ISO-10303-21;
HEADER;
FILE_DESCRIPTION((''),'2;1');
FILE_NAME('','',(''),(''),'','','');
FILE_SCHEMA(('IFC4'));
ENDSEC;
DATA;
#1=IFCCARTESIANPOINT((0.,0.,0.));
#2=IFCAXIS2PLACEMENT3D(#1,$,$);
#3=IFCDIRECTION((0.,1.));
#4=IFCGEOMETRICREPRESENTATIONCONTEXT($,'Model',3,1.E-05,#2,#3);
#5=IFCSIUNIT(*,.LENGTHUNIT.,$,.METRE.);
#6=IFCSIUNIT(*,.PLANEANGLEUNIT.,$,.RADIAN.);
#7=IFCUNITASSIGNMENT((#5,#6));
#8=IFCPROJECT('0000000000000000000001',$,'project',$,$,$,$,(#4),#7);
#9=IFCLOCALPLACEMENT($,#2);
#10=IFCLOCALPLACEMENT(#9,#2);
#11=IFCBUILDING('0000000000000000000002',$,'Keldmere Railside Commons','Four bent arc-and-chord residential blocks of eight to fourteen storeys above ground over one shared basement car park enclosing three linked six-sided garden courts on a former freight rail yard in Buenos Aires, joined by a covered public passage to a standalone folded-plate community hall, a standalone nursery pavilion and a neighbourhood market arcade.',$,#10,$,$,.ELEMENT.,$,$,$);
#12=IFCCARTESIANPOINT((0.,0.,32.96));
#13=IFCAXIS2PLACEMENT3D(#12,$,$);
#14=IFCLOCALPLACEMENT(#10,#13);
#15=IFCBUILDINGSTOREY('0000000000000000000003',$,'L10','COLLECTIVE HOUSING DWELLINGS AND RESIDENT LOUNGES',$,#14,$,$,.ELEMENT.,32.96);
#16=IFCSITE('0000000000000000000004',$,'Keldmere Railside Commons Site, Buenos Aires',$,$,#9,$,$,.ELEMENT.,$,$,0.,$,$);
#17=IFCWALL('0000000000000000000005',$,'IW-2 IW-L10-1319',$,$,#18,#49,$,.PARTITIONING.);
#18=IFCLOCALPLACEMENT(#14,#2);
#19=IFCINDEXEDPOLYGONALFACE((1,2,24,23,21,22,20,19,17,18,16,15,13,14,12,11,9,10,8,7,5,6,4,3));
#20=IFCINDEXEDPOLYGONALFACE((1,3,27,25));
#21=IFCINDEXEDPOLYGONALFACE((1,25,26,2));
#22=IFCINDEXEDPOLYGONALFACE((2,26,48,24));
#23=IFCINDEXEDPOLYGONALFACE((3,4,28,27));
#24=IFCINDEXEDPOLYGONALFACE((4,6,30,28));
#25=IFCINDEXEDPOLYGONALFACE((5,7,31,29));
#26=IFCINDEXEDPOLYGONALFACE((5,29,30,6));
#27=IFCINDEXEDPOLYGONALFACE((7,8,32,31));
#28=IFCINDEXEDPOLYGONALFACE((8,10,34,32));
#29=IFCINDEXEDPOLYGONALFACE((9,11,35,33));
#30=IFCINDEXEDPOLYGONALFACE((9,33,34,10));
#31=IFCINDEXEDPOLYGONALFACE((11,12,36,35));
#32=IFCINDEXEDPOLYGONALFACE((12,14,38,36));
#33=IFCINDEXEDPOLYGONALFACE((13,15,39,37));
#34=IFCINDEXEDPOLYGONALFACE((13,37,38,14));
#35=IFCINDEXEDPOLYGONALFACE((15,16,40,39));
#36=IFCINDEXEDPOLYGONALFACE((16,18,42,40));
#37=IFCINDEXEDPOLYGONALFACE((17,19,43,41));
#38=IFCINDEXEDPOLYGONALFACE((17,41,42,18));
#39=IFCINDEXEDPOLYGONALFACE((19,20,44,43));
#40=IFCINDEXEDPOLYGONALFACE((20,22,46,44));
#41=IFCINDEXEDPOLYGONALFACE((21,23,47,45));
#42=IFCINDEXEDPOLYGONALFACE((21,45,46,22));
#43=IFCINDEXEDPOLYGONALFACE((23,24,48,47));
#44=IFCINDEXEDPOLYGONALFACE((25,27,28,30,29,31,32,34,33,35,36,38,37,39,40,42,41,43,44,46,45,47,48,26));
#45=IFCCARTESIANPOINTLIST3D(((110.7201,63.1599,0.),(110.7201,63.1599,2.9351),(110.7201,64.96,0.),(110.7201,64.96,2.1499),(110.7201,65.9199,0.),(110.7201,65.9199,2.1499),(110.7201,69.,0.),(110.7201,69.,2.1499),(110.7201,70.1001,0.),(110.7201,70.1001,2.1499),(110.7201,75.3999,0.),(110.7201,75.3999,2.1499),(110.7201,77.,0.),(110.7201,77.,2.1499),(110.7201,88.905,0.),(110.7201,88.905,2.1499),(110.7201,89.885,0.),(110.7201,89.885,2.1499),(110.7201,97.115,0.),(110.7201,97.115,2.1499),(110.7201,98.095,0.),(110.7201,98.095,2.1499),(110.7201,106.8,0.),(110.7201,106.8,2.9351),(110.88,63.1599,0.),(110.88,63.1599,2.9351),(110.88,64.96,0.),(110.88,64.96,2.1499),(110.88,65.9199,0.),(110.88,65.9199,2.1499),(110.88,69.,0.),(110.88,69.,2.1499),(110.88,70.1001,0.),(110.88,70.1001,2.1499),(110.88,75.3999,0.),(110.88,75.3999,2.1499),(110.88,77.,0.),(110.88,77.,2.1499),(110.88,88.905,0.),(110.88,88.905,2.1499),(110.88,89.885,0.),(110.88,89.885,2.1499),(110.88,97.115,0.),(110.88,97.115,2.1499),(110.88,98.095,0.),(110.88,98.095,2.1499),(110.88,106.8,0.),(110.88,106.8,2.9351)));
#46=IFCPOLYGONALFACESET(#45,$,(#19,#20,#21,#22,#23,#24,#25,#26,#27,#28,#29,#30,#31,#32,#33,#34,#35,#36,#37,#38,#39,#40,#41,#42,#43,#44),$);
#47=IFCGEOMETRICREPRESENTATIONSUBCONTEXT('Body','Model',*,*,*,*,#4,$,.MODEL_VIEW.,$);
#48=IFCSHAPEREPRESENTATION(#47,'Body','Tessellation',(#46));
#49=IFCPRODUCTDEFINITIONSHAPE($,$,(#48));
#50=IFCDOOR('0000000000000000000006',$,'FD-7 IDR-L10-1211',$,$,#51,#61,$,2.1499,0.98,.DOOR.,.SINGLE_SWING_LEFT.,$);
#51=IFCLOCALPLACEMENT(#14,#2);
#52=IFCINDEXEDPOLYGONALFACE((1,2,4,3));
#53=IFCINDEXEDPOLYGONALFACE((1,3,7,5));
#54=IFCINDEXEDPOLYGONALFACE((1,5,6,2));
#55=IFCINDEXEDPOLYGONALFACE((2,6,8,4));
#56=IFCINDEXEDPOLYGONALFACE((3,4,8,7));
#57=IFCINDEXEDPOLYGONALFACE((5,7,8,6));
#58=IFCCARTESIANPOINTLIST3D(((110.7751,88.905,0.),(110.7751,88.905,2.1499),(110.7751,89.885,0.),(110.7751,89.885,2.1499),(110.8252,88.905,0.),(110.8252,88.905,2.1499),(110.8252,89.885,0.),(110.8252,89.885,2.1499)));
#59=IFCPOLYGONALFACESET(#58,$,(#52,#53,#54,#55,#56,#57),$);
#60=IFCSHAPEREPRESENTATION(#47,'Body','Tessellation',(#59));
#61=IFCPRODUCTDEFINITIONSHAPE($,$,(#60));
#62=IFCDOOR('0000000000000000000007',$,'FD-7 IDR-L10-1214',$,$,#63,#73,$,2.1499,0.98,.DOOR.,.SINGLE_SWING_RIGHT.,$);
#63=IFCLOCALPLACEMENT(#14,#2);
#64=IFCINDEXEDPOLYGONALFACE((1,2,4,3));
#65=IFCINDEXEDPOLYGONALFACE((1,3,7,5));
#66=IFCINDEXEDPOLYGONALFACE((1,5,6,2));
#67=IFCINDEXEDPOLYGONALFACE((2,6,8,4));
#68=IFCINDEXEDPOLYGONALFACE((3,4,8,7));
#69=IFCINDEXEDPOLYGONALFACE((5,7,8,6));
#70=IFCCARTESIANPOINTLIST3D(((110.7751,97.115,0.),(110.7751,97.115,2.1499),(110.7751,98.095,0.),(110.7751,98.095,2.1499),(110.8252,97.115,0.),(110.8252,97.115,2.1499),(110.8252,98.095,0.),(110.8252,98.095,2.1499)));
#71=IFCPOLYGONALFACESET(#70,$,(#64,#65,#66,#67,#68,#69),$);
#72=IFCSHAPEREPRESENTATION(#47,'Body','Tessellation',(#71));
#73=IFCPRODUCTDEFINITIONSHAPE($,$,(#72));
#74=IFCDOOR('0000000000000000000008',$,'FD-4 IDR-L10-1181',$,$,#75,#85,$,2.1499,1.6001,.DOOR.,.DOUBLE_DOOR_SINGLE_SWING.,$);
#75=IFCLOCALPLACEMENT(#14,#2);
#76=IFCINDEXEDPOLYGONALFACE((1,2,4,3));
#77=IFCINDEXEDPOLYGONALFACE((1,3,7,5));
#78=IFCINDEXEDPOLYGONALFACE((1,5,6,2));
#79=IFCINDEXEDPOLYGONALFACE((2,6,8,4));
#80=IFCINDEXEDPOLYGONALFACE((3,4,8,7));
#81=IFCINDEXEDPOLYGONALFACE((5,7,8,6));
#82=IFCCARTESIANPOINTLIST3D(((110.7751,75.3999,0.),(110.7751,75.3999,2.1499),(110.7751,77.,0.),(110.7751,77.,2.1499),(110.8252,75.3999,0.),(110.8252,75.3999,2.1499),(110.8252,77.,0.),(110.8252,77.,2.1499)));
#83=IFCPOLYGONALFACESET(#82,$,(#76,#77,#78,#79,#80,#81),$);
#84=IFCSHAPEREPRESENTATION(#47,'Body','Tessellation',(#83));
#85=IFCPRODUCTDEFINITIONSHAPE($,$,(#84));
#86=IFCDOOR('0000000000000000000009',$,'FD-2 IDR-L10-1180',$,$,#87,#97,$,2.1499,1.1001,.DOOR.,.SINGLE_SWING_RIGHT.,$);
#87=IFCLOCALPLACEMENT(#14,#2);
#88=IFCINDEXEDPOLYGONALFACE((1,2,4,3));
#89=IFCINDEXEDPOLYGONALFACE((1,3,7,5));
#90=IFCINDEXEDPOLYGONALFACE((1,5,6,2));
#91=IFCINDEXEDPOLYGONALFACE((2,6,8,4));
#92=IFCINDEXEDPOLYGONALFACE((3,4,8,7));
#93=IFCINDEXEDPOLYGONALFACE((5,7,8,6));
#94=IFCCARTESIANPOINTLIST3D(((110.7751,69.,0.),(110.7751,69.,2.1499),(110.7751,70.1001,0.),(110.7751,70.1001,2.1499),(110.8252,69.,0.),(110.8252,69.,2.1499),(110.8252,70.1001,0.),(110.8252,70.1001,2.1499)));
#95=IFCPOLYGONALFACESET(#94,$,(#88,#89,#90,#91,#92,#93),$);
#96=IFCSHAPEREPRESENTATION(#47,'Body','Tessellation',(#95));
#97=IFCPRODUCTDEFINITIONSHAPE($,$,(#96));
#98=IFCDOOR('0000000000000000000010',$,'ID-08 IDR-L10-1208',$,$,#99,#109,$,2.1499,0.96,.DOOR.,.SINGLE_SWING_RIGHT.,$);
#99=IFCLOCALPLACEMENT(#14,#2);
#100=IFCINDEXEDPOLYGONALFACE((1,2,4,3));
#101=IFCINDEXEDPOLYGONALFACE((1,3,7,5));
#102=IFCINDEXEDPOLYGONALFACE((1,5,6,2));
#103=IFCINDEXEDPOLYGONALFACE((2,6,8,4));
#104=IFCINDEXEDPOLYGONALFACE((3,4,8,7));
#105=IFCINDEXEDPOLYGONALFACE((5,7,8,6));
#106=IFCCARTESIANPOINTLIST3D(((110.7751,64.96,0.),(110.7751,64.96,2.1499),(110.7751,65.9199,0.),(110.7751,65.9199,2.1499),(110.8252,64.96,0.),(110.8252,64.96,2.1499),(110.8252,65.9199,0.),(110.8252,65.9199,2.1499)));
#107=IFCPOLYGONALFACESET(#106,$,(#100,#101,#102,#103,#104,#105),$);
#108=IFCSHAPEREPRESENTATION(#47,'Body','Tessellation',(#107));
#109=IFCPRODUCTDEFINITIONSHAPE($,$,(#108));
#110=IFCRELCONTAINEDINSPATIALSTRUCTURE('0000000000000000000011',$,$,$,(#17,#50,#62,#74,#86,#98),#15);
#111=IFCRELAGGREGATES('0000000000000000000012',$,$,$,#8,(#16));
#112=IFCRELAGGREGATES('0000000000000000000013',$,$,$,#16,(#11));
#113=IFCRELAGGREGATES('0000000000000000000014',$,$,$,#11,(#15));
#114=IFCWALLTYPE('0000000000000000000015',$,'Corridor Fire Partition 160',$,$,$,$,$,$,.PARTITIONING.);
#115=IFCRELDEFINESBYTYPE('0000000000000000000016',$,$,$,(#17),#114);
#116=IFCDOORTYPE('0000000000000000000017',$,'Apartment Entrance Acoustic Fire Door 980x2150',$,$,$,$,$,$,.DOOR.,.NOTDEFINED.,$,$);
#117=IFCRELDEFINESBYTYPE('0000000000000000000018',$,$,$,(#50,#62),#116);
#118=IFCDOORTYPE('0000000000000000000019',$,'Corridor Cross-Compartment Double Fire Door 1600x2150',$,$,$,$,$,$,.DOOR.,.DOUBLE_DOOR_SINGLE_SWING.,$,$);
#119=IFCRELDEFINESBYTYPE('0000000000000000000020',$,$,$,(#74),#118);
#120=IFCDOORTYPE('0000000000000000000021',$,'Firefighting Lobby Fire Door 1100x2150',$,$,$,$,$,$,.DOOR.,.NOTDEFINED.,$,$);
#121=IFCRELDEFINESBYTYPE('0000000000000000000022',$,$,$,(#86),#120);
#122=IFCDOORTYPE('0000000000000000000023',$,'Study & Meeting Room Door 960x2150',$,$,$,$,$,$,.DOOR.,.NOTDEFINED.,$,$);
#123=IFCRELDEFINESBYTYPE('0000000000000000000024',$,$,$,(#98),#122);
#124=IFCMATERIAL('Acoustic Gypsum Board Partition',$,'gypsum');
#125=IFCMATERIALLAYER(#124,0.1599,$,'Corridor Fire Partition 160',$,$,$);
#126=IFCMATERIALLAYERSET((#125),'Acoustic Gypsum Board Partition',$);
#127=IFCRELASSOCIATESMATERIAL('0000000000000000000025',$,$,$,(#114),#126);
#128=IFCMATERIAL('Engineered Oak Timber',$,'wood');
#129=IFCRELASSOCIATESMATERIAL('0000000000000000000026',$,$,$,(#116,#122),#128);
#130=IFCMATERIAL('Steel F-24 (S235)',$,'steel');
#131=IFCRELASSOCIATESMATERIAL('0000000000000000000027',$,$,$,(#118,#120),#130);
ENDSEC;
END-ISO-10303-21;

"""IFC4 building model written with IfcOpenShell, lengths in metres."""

from ifc_helpers import new_model, si_unit, direction, frame, frame_2d, origin, place, context, subcontext, project, spatial, rectangle, extrude, material, layer, layer_set, type_object, element, fill, save


model = new_model("IFC4")

# Units and contexts
model_context = context("Model", 3, precision=1e-05, world=origin(), true_north=direction((0.0, 1.0)))
body_context = subcontext(model_context, "Body", "Model", "MODEL_VIEW")
ifc_project = project(units=[si_unit("LENGTHUNIT", "METRE"), si_unit("PLANEANGLEUNIT", "RADIAN")], contexts=[model_context])

# Site, building, storey
site_placement = place(None, origin())
site = spatial("IfcSite", under=ifc_project, at=site_placement, Name="Keldmere Railside Commons Site, Buenos Aires", CompositionType="ELEMENT", RefElevation=0.0)
building_placement = place(site_placement, origin())
building = spatial("IfcBuilding", under=site, at=building_placement, Name="Keldmere Railside Commons", Description="Four bent arc-and-chord residential blocks of eight to fourteen storeys above ground over one shared basement car park enclosing three linked six-sided garden courts on a former freight rail yard in Buenos Aires, joined by a covered public passage to a standalone folded-plate community hall, a standalone nursery pavilion and a neighbourhood market arcade.", CompositionType="ELEMENT")
storey_placement = place(building_placement, frame((0.0, 0.0, 32.96)))
storey = spatial("IfcBuildingStorey", under=building, at=storey_placement, Name="L10", Description="COLLECTIVE HOUSING DWELLINGS AND RESIDENT LOUNGES", CompositionType="ELEMENT", Elevation=32.96)

# Wall, openings, doors
ifc_material_1 = material(Name="Acoustic Gypsum Board Partition", Category="gypsum")
ifc_layer = layer(ifc_material_1, 0.1599, Name="Corridor Fire Partition 160")
ifc_layer_set = layer_set([ifc_layer], Name="Acoustic Gypsum Board Partition")
wall_type = type_object("IfcWallType", Name="Corridor Fire Partition 160", PredefinedType="PARTITIONING", material=ifc_layer_set)
wall_1_placement = place(storey_placement, frame((110.8, 63.1599, 0.0), z_axis=(0.0, 0.0, 1.0), x_axis=(0.0, 1.0, 0.0)))
wall_1 = element("IfcWall", 1, at=wall_1_placement, inside=storey, type_object=wall_type, Name="IW-2 IW-L10-1319", PredefinedType="PARTITIONING", context=body_context, shape_type="SweptSolid", body=[
    extrude(rectangle(XDim=43.6401, YDim=0.1599, at=frame_2d((21.8201, 0.0))), origin(), (0.0, 0.0, 1.0), 2.9351),
])
opening_1_placement = place(wall_1_placement, frame((5.8401, 0.0, 0.0)))
opening_1 = element("IfcOpeningElement", 2, at=opening_1_placement, cuts=wall_1, PredefinedType="OPENING", context=body_context, shape_type="SweptSolid", body=[
    extrude(rectangle(XDim=1.1001, YDim=2.1499, at=frame_2d((0.55, 1.075))), frame((0.0, 0.0898, 0.0), z_axis=(0.0, -1.0, 0.0), x_axis=(1.0, 0.0, 0.0)), (0.0, 0.0, 1.0), 0.1799),
])
opening_2_placement = place(wall_1_placement, frame((12.24, 0.0, 0.0)))
opening_2 = element("IfcOpeningElement", 3, at=opening_2_placement, cuts=wall_1, PredefinedType="OPENING", context=body_context, shape_type="SweptSolid", body=[
    extrude(rectangle(XDim=1.6001, YDim=2.1499, at=frame_2d((0.8, 1.075))), frame((0.0, 0.0898, 0.0), z_axis=(0.0, -1.0, 0.0), x_axis=(1.0, 0.0, 0.0)), (0.0, 0.0, 1.0), 0.1799),
])
opening_3_placement = place(wall_1_placement, frame((1.8, 0.0, 0.0)))
opening_3 = element("IfcOpeningElement", 4, at=opening_3_placement, cuts=wall_1, PredefinedType="OPENING", context=body_context, shape_type="SweptSolid", body=[
    extrude(rectangle(XDim=0.96, YDim=2.1499, at=frame_2d((0.48, 1.075))), frame((0.0, 0.0898, 0.0), z_axis=(0.0, -1.0, 0.0), x_axis=(1.0, 0.0, 0.0)), (0.0, 0.0, 1.0), 0.1799),
])
opening_4_placement = place(wall_1_placement, frame((25.7451, 0.0, 0.0)))
opening_4 = element("IfcOpeningElement", 5, at=opening_4_placement, cuts=wall_1, PredefinedType="OPENING", context=body_context, shape_type="SweptSolid", body=[
    extrude(rectangle(XDim=0.98, YDim=2.1499, at=frame_2d((0.49, 1.075))), frame((0.0, 0.0898, 0.0), z_axis=(0.0, -1.0, 0.0), x_axis=(1.0, 0.0, 0.0)), (0.0, 0.0, 1.0), 0.1799),
])
opening_5_placement = place(wall_1_placement, frame((33.9551, 0.0, 0.0)))
opening_5 = element("IfcOpeningElement", 6, at=opening_5_placement, cuts=wall_1, PredefinedType="OPENING", context=body_context, shape_type="SweptSolid", body=[
    extrude(rectangle(XDim=0.98, YDim=2.1499, at=frame_2d((0.49, 1.075))), frame((0.0, 0.0898, 0.0), z_axis=(0.0, -1.0, 0.0), x_axis=(1.0, 0.0, 0.0)), (0.0, 0.0, 1.0), 0.1799),
])
ifc_material_2 = material(Name="Engineered Oak Timber", Category="wood")
door_type_1 = type_object("IfcDoorType", Name="Apartment Entrance Acoustic Fire Door 980x2150", OperationType="NOTDEFINED", PredefinedType="DOOR", material=ifc_material_2)
door_1_placement = place(opening_4_placement, origin())
door_1 = element("IfcDoor", 7, at=door_1_placement, inside=storey, type_object=door_type_1, Name="FD-7 IDR-L10-1211", OperationType="SINGLE_SWING_LEFT", OverallHeight=2.1499, OverallWidth=0.98, PredefinedType="DOOR", context=body_context, shape_type="SweptSolid", body=[
    extrude(rectangle(XDim=0.98, YDim=2.1499, at=frame_2d((0.49, 1.075))), frame((0.0, 0.0249, 0.0), z_axis=(0.0, -1.0, 0.0), x_axis=(1.0, 0.0, 0.0)), (0.0, 0.0, 1.0), 0.05),
])
fill(opening_4, door_1)
door_2_placement = place(opening_5_placement, origin())
door_2 = element("IfcDoor", 8, at=door_2_placement, inside=storey, type_object=door_type_1, Name="FD-7 IDR-L10-1214", OperationType="SINGLE_SWING_RIGHT", OverallHeight=2.1499, OverallWidth=0.98, PredefinedType="DOOR", context=body_context, shape_type="SweptSolid", body=[
    extrude(rectangle(XDim=0.98, YDim=2.1499, at=frame_2d((0.49, 1.075))), frame((0.0, 0.0249, 0.0), z_axis=(0.0, -1.0, 0.0), x_axis=(1.0, 0.0, 0.0)), (0.0, 0.0, 1.0), 0.05),
])
fill(opening_5, door_2)
ifc_material_3 = material(Name="Steel F-24 (S235)", Category="steel")
door_type_2 = type_object("IfcDoorType", Name="Corridor Cross-Compartment Double Fire Door 1600x2150", OperationType="DOUBLE_DOOR_SINGLE_SWING", PredefinedType="DOOR", material=ifc_material_3)
door_3_placement = place(opening_2_placement, origin())
door_3 = element("IfcDoor", 9, at=door_3_placement, inside=storey, type_object=door_type_2, Name="FD-4 IDR-L10-1181", OperationType="DOUBLE_DOOR_SINGLE_SWING", OverallHeight=2.1499, OverallWidth=1.6001, PredefinedType="DOOR", context=body_context, shape_type="SweptSolid", body=[
    extrude(rectangle(XDim=1.6001, YDim=2.1499, at=frame_2d((0.8, 1.075))), frame((0.0, 0.0249, 0.0), z_axis=(0.0, -1.0, 0.0), x_axis=(1.0, 0.0, 0.0)), (0.0, 0.0, 1.0), 0.05),
])
fill(opening_2, door_3)
door_type_3 = type_object("IfcDoorType", Name="Firefighting Lobby Fire Door 1100x2150", OperationType="NOTDEFINED", PredefinedType="DOOR", material=ifc_material_3)
door_4_placement = place(opening_1_placement, origin())
door_4 = element("IfcDoor", 10, at=door_4_placement, inside=storey, type_object=door_type_3, Name="FD-2 IDR-L10-1180", OperationType="SINGLE_SWING_RIGHT", OverallHeight=2.1499, OverallWidth=1.1001, PredefinedType="DOOR", context=body_context, shape_type="SweptSolid", body=[
    extrude(rectangle(XDim=1.1001, YDim=2.1499, at=frame_2d((0.55, 1.075))), frame((0.0, 0.0249, 0.0), z_axis=(0.0, -1.0, 0.0), x_axis=(1.0, 0.0, 0.0)), (0.0, 0.0, 1.0), 0.05),
])
fill(opening_1, door_4)
door_type_4 = type_object("IfcDoorType", Name="Study & Meeting Room Door 960x2150", OperationType="NOTDEFINED", PredefinedType="DOOR", material=ifc_material_2)
door_5_placement = place(opening_3_placement, origin())
door_5 = element("IfcDoor", 11, at=door_5_placement, inside=storey, type_object=door_type_4, Name="ID-08 IDR-L10-1208", OperationType="SINGLE_SWING_RIGHT", OverallHeight=2.1499, OverallWidth=0.96, PredefinedType="DOOR", context=body_context, shape_type="SweptSolid", body=[
    extrude(rectangle(XDim=0.96, YDim=2.1499, at=frame_2d((0.48, 1.075))), frame((0.0, 0.0249, 0.0), z_axis=(0.0, -1.0, 0.0), x_axis=(1.0, 0.0, 0.0)), (0.0, 0.0, 1.0), 0.05),
])
fill(opening_3, door_5)

save(model, "model.ifc")
